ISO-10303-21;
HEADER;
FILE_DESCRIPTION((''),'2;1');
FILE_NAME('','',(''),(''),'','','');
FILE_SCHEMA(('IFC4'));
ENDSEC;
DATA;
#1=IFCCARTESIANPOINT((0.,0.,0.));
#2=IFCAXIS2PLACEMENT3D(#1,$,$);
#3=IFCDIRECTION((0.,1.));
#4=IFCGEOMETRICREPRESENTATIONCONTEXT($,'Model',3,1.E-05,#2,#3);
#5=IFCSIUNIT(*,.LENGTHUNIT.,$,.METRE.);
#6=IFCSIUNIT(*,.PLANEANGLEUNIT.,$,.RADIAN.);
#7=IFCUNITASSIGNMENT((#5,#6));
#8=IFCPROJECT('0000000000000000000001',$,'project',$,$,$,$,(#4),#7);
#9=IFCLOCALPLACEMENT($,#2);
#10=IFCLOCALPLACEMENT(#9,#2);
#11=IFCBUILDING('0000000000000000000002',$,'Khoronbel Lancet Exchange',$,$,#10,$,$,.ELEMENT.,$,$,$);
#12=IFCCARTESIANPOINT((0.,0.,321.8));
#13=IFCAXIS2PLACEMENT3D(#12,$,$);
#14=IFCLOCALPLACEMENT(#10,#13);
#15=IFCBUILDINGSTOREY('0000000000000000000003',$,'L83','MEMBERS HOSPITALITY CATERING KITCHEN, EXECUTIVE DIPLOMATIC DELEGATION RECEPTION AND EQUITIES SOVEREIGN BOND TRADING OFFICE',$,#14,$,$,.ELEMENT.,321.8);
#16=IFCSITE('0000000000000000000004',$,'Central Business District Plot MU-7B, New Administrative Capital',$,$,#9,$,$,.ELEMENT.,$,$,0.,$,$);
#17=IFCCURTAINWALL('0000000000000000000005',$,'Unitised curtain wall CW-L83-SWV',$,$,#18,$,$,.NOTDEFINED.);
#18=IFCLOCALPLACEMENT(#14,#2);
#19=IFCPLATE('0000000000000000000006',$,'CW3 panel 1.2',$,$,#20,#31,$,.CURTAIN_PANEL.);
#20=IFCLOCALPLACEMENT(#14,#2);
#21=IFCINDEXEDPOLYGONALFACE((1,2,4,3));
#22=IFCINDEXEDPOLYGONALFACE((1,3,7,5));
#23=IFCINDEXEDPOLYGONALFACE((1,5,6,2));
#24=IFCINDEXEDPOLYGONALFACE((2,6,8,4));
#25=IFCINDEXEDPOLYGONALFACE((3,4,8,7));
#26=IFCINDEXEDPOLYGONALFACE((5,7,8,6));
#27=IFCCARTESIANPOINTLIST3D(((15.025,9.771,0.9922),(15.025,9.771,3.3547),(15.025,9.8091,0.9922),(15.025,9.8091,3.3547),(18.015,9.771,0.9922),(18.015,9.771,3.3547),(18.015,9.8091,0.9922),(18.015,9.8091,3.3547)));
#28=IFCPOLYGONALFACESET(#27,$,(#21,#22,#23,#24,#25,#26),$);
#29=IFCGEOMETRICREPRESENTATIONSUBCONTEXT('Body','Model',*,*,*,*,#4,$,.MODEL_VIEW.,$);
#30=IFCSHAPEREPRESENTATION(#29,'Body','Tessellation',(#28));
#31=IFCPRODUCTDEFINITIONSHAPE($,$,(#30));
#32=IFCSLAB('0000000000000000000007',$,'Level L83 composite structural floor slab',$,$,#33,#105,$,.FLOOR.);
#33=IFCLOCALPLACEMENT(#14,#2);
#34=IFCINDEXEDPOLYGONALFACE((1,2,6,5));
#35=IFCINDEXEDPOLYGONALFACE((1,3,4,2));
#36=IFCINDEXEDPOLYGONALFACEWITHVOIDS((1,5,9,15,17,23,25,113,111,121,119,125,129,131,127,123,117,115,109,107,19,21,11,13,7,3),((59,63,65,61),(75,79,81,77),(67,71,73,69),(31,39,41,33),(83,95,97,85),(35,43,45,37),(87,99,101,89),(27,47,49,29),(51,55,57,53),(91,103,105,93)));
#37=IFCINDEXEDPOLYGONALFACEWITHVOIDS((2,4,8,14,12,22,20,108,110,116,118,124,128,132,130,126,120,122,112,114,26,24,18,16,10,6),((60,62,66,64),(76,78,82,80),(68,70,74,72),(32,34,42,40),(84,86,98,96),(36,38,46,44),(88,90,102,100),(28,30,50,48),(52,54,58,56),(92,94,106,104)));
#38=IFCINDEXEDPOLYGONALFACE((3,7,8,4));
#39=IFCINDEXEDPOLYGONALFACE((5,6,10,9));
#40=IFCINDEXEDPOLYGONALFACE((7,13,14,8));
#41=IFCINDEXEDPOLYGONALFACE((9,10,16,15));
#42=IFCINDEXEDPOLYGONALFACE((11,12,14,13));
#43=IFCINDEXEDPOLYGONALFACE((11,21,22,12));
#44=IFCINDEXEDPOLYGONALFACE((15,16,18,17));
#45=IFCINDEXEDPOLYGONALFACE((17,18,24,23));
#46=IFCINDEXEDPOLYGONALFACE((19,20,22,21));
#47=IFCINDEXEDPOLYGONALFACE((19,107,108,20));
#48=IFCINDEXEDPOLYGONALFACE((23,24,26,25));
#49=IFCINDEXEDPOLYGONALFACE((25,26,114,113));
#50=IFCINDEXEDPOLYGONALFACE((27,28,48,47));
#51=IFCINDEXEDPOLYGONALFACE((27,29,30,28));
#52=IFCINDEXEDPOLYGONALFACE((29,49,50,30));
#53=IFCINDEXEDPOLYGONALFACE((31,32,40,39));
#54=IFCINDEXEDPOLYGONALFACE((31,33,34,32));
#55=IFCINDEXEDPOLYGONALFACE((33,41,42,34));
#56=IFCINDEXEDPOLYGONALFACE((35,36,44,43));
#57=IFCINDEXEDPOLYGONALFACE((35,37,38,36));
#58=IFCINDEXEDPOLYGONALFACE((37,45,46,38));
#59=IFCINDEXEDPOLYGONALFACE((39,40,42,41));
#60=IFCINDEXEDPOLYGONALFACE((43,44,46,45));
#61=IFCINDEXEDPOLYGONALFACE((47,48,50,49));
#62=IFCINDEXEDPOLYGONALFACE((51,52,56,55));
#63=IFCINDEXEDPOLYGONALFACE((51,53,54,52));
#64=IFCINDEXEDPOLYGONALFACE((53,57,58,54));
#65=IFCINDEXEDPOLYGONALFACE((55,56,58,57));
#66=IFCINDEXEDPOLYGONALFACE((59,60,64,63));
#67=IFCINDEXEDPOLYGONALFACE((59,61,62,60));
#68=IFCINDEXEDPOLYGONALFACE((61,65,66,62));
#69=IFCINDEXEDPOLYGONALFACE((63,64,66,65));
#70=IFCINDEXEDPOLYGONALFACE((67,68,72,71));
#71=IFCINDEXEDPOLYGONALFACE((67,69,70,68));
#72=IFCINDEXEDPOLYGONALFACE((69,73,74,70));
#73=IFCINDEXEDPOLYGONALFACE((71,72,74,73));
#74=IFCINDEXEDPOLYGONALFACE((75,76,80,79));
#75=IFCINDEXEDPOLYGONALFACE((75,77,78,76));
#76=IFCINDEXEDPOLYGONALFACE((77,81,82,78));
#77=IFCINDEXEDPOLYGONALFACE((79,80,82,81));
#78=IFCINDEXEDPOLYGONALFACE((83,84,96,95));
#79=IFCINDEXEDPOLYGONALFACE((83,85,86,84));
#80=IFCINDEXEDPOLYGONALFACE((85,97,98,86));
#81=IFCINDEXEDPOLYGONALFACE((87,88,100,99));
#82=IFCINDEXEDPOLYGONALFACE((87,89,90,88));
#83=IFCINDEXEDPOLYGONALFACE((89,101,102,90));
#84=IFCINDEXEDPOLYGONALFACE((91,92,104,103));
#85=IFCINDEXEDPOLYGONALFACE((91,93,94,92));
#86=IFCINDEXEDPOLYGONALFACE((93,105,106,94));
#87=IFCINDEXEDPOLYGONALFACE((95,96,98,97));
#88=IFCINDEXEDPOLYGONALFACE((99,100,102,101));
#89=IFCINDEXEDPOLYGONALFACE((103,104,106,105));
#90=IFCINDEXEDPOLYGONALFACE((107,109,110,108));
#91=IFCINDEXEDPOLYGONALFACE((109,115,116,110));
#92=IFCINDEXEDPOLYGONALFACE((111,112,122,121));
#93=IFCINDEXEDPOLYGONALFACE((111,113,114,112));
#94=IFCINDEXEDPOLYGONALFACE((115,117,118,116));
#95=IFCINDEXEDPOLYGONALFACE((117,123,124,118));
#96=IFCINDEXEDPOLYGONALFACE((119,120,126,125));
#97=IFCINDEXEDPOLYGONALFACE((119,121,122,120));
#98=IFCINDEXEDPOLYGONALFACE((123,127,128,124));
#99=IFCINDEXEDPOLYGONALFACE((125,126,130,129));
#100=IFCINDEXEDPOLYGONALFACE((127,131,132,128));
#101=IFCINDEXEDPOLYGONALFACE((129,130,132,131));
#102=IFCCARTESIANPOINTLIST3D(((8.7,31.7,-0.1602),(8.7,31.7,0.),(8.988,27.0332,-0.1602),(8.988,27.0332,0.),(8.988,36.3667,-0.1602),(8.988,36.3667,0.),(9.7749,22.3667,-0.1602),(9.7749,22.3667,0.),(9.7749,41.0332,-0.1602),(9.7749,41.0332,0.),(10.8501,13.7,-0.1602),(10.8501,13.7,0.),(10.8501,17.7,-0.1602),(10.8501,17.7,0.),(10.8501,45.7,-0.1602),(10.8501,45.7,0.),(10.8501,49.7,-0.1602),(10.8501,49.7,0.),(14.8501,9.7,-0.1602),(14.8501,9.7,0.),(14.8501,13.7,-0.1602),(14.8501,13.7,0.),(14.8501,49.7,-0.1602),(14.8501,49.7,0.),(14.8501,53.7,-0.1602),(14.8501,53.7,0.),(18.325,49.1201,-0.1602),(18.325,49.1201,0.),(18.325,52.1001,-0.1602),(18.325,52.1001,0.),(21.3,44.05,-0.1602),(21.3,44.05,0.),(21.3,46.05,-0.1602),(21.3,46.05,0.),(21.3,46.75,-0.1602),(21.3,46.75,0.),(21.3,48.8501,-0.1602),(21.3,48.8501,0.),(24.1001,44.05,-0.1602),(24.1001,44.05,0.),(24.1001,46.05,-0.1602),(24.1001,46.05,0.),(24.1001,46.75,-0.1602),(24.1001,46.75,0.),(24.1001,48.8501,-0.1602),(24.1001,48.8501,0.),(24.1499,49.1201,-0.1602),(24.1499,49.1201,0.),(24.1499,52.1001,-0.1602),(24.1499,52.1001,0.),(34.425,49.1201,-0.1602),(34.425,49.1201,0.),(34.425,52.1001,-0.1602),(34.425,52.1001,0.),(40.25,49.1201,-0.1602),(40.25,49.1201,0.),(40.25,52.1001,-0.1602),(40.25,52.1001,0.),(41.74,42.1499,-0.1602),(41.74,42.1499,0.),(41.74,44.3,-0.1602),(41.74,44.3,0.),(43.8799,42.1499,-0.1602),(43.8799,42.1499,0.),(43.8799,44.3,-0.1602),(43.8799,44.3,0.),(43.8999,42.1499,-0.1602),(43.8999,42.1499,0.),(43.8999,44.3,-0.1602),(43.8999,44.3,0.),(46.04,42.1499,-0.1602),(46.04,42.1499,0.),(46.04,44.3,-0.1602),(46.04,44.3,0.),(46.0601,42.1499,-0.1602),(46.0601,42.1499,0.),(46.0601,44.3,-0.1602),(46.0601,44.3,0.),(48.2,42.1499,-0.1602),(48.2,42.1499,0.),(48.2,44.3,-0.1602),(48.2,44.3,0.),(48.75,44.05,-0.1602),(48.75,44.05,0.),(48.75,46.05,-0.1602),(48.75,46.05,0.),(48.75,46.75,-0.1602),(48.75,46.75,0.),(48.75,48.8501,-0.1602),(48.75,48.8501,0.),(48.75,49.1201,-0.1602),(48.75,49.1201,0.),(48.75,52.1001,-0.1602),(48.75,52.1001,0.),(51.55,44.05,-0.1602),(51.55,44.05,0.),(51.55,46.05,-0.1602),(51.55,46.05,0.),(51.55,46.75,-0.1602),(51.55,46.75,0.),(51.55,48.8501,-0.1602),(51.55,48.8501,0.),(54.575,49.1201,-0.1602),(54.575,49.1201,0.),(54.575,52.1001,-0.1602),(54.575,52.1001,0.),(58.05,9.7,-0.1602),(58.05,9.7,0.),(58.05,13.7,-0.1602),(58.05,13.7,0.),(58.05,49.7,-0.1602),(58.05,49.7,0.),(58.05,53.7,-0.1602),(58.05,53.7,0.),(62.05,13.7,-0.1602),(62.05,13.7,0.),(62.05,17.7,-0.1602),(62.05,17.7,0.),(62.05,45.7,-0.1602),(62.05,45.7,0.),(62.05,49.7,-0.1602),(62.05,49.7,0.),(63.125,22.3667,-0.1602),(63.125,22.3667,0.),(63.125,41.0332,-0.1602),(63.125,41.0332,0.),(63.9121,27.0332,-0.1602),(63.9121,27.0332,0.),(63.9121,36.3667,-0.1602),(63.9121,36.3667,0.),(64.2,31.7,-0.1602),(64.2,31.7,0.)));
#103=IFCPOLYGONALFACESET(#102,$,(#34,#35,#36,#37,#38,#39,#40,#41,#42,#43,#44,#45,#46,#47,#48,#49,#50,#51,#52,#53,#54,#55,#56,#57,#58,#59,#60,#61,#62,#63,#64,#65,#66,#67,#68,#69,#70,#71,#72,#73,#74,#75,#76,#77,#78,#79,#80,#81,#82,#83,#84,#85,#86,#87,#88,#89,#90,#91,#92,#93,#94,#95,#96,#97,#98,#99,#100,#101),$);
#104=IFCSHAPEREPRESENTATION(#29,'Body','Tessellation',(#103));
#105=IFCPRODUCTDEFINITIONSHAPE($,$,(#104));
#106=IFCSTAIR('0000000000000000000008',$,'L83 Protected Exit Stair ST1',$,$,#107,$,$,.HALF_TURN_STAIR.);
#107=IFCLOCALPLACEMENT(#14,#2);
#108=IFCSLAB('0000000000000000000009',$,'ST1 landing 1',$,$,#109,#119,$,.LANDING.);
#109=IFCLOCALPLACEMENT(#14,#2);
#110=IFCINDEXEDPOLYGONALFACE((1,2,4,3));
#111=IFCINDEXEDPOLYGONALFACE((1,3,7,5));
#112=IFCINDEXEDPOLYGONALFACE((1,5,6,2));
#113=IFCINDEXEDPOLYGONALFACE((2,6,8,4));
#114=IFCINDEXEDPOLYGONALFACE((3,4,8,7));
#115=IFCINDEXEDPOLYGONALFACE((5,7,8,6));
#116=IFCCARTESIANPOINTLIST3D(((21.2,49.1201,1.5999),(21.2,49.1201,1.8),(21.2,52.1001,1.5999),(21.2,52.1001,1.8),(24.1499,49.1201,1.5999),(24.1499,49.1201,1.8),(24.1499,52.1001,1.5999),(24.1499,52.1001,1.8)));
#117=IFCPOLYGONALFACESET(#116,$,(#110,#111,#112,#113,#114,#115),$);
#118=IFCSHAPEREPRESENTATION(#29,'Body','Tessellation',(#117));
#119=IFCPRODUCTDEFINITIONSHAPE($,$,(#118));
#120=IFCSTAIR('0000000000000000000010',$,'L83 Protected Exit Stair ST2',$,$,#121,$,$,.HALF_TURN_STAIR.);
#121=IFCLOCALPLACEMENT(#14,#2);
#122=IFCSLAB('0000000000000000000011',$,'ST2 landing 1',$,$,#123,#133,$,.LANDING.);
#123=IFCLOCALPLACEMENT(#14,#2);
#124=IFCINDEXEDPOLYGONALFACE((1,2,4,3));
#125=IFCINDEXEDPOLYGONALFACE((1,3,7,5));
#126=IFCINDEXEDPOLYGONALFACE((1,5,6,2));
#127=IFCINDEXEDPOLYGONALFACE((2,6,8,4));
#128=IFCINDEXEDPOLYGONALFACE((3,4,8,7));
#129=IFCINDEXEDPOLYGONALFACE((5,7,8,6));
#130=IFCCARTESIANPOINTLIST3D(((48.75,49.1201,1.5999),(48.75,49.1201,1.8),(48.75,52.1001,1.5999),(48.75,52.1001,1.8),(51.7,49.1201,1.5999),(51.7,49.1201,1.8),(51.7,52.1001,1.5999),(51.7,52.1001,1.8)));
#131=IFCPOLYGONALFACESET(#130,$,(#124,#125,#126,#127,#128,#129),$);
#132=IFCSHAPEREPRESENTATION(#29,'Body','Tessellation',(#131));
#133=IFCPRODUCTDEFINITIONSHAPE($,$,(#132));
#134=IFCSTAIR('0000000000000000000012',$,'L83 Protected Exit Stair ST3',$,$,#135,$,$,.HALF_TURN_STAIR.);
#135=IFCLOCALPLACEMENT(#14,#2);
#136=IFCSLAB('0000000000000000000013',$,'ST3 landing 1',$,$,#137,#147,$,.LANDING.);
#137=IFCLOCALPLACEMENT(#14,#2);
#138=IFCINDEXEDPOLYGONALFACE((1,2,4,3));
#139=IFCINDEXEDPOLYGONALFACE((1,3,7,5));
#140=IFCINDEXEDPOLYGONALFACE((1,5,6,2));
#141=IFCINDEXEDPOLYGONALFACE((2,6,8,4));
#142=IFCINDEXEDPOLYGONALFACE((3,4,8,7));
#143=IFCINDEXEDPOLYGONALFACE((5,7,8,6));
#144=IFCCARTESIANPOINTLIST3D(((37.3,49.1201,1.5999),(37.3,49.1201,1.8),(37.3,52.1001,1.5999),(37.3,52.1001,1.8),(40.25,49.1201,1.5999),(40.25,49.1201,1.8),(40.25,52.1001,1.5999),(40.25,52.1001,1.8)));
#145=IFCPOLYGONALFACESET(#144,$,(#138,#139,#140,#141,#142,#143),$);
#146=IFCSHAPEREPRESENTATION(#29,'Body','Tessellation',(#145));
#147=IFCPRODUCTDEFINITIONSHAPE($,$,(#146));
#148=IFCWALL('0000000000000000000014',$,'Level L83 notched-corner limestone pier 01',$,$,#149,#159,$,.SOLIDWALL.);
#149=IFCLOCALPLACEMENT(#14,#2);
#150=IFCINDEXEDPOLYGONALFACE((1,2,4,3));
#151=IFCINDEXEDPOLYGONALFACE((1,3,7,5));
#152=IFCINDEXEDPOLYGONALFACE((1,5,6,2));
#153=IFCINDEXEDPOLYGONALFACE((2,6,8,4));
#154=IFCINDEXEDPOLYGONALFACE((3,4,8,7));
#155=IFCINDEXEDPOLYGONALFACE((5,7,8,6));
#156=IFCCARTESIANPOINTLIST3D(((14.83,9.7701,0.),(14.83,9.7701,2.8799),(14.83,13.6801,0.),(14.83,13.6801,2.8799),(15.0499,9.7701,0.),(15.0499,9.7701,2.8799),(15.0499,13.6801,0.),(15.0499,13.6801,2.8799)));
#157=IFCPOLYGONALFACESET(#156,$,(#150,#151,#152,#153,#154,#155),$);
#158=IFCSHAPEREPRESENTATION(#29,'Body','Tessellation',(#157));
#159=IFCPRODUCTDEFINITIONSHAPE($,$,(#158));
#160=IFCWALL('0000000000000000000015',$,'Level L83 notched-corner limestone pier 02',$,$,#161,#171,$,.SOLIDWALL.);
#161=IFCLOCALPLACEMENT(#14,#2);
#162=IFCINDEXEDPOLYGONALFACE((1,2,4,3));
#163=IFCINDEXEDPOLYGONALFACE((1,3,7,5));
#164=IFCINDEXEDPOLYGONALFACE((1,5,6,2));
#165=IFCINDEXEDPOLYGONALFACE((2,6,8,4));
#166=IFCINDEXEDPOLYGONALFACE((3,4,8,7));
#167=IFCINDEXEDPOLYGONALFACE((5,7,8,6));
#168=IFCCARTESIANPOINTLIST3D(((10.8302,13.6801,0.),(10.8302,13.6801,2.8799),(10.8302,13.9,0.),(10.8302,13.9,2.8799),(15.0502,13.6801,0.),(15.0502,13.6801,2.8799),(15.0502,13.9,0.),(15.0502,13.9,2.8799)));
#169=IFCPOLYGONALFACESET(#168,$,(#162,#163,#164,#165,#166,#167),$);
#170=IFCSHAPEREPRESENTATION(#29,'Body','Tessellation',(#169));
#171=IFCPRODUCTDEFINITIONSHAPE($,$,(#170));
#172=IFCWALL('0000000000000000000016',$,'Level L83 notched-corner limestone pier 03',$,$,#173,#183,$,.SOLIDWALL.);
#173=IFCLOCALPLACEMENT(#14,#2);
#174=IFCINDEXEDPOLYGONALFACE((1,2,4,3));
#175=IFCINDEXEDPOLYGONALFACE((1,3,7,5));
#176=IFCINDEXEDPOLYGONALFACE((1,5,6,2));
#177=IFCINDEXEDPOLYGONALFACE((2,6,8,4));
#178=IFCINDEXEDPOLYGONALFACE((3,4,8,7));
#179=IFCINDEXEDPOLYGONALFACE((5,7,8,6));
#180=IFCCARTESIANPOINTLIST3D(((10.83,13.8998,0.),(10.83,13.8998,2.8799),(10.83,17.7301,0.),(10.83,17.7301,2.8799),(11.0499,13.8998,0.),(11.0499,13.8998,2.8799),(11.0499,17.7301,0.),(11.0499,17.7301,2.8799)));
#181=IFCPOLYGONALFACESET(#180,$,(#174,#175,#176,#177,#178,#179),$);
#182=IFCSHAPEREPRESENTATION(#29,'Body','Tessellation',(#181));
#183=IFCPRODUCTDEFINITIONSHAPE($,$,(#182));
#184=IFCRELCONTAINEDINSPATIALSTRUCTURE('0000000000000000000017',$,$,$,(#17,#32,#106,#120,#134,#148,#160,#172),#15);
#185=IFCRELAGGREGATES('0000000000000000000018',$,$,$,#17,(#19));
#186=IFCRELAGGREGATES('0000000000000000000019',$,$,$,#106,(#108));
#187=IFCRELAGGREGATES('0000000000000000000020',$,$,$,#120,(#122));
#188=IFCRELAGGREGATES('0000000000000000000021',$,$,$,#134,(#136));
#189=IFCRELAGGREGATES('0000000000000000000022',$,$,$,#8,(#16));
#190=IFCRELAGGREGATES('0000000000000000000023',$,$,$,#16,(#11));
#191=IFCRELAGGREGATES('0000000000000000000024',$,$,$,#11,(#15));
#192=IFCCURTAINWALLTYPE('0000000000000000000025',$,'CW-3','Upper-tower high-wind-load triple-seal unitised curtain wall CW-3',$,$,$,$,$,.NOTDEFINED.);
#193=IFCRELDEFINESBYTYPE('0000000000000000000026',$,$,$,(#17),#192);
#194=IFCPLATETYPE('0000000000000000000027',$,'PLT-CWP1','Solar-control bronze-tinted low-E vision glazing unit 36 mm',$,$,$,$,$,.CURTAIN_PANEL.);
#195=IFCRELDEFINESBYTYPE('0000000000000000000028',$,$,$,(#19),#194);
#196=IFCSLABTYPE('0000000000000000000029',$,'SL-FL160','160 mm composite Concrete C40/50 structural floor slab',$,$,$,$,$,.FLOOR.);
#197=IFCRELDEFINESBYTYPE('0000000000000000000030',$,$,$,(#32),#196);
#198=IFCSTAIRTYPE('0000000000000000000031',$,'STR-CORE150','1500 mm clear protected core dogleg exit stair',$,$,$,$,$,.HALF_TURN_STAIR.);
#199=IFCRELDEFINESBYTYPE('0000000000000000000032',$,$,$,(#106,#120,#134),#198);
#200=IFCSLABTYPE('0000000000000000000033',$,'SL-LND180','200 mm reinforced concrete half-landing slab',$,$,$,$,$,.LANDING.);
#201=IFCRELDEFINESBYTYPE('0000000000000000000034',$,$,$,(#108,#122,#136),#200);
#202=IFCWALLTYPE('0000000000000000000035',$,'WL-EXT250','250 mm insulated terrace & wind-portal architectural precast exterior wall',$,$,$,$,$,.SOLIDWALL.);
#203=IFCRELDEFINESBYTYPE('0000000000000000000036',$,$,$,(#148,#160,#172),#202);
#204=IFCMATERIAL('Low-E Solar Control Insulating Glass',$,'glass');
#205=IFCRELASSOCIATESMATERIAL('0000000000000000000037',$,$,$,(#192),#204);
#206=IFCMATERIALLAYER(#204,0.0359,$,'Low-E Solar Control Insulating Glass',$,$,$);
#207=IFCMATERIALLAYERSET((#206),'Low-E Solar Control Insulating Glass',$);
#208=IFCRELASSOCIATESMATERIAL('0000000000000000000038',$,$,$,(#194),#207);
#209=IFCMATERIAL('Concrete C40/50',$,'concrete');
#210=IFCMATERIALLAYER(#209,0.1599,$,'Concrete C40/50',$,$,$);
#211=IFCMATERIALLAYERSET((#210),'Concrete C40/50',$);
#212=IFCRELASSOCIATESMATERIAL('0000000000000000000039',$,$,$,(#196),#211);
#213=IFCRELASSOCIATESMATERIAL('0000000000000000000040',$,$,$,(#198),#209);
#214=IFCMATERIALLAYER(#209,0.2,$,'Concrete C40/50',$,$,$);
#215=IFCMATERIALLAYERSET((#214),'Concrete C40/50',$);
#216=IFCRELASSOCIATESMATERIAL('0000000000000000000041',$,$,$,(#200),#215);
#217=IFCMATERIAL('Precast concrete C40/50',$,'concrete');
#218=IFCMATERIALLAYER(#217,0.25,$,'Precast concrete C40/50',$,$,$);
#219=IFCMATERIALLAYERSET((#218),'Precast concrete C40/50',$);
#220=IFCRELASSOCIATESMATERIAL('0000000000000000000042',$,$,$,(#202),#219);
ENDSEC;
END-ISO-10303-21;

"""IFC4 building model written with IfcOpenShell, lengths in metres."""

from ifc_helpers import new_model, si_unit, direction, frame, frame_2d, origin, origin_2d, place, context, subcontext, project, spatial, polyline, rectangle, outline, extrude, material, layer, layer_set, type_object, element, aggregate, save


model = new_model("IFC4")

# Units and contexts
model_context = context("Model", 3, precision=1e-05, world=origin(), true_north=direction((0.0, 1.0)))
body_context = subcontext(model_context, "Body", "Model", "MODEL_VIEW")
ifc_project = project(units=[si_unit("LENGTHUNIT", "METRE"), si_unit("PLANEANGLEUNIT", "RADIAN")], contexts=[model_context])

# Site, building, storey
site_placement = place(None, origin())
site = spatial("IfcSite", under=ifc_project, at=site_placement, Name="Central Business District Plot MU-7B, New Administrative Capital", CompositionType="ELEMENT", RefElevation=0.0)
building_placement = place(site_placement, origin())
building = spatial("IfcBuilding", under=site, at=building_placement, Name="Khoronbel Lancet Exchange", CompositionType="ELEMENT")
storey_placement = place(building_placement, frame((0.0, 0.0, 321.8)))
storey = spatial("IfcBuildingStorey", under=building, at=storey_placement, Name="L83", Description="MEMBERS HOSPITALITY CATERING KITCHEN, EXECUTIVE DIPLOMATIC DELEGATION RECEPTION AND EQUITIES SOVEREIGN BOND TRADING OFFICE", CompositionType="ELEMENT", Elevation=321.8)

# Curtain wall
ifc_material_1 = material(Name="Low-E Solar Control Insulating Glass", Category="glass")
curtain_wall_type = type_object("IfcCurtainWallType", Name="CW-3", Description="Upper-tower high-wind-load triple-seal unitised curtain wall CW-3", PredefinedType="NOTDEFINED", material=ifc_material_1)
curtain_wall_1_placement = place(storey_placement, origin())
curtain_wall_1 = element("IfcCurtainWall", 1, at=curtain_wall_1_placement, inside=storey, type_object=curtain_wall_type, Name="Unitised curtain wall CW-L83-SWV", PredefinedType="NOTDEFINED")

# Plate
ifc_layer_1 = layer(ifc_material_1, 0.0359, Name="Low-E Solar Control Insulating Glass")
ifc_layer_set_1 = layer_set([ifc_layer_1], Name="Low-E Solar Control Insulating Glass")
plate_type = type_object("IfcPlateType", Name="PLT-CWP1", Description="Solar-control bronze-tinted low-E vision glazing unit 36 mm", PredefinedType="CURTAIN_PANEL", material=ifc_layer_set_1)
plate_1_placement = place(storey_placement, frame((16.52, 9.79, 0.9922), z_axis=(0.0, 0.0, 1.0), x_axis=(1.0, 0.0, 0.0)))
plate_1 = element("IfcPlate", 2, at=plate_1_placement, type_object=plate_type, Name="CW3 panel 1.2", PredefinedType="CURTAIN_PANEL", context=body_context, shape_type="SweptSolid", body=[
    extrude(rectangle(XDim=2.99, YDim=0.0381, at=origin_2d()), origin(), (0.0, 0.0, 1.0), 2.3625),
])
aggregate(curtain_wall_1, [plate_1])

# Slab
ifc_material_2 = material(Name="Concrete C40/50", Category="concrete")
ifc_layer_2 = layer(ifc_material_2, 0.1599, Name="Concrete C40/50")
ifc_layer_set_2 = layer_set([ifc_layer_2], Name="Concrete C40/50")
slab_type_1 = type_object("IfcSlabType", Name="SL-FL160", Description="160 mm composite Concrete C40/50 structural floor slab", PredefinedType="FLOOR", material=ifc_layer_set_2)
slab_1_placement = place(storey_placement, frame((0.0, 0.0, -0.1602)))
element("IfcSlab", 3, at=slab_1_placement, inside=storey, type_object=slab_type_1, Name="Level L83 composite structural floor slab", PredefinedType="FLOOR", context=body_context, shape_type="SweptSolid", body=[
    extrude(outline(polyline([(14.8501, 9.7), (58.05, 9.7), (58.05, 13.7), (62.05, 13.7), (62.05, 17.7), (63.125, 22.3667), (63.9121, 27.0332), (64.2, 31.7), (63.9121, 36.3667), (63.125, 41.0332), (62.05, 45.7), (62.05, 49.7), (58.05, 49.7), (58.05, 53.7), (14.8501, 53.7), (14.8501, 49.7), (10.8501, 49.7), (10.8501, 45.7), (9.7749, 41.0332), (8.988, 36.3667), (8.7, 31.7), (8.988, 27.0332), (9.7749, 22.3667), (10.8501, 17.7), (10.8501, 13.7), (14.8501, 13.7), (14.8501, 9.7)]), holes=[polyline([(18.325, 49.1201), (24.1499, 49.1201), (24.1499, 52.1001), (18.325, 52.1001), (18.325, 49.1201)]), polyline([(48.75, 49.1201), (54.575, 49.1201), (54.575, 52.1001), (48.75, 52.1001), (48.75, 49.1201)]), polyline([(34.425, 49.1201), (40.25, 49.1201), (40.25, 52.1001), (34.425, 52.1001), (34.425, 49.1201)]), polyline([(41.74, 42.1499), (43.8799, 42.1499), (43.8799, 44.3), (41.74, 44.3), (41.74, 42.1499)]), polyline([(43.8999, 42.1499), (46.04, 42.1499), (46.04, 44.3), (43.8999, 44.3), (43.8999, 42.1499)]), polyline([(46.0601, 42.1499), (48.2, 42.1499), (48.2, 44.3), (46.0601, 44.3), (46.0601, 42.1499)]), polyline([(21.3, 46.75), (24.1001, 46.75), (24.1001, 48.8501), (21.3, 48.8501), (21.3, 46.75)]), polyline([(48.75, 46.75), (51.55, 46.75), (51.55, 48.8501), (48.75, 48.8501), (48.75, 46.75)]), polyline([(21.3, 44.05), (24.1001, 44.05), (24.1001, 46.05), (21.3, 46.05), (21.3, 44.05)]), polyline([(48.75, 44.05), (51.55, 44.05), (51.55, 46.05), (48.75, 46.05), (48.75, 44.05)])]), origin(), (0.0, 0.0, 1.0), 0.1602),
])

# Stairs, slabs
stair_type = type_object("IfcStairType", Name="STR-CORE150", Description="1500 mm clear protected core dogleg exit stair", PredefinedType="HALF_TURN_STAIR", material=ifc_material_2)
stair_1_placement = place(storey_placement, origin())
stair_1 = element("IfcStair", 4, at=stair_1_placement, inside=storey, type_object=stair_type, Name="L83 Protected Exit Stair ST1", PredefinedType="HALF_TURN_STAIR")
ifc_layer_3 = layer(ifc_material_2, 0.2, Name="Concrete C40/50")
ifc_layer_set_3 = layer_set([ifc_layer_3], Name="Concrete C40/50")
slab_type_2 = type_object("IfcSlabType", Name="SL-LND180", Description="200 mm reinforced concrete half-landing slab", PredefinedType="LANDING", material=ifc_layer_set_3)
slab_2_placement = place(storey_placement, frame((0.0, 0.0, 1.5999)))
slab_2 = element("IfcSlab", 5, at=slab_2_placement, type_object=slab_type_2, Name="ST1 landing 1", PredefinedType="LANDING", context=body_context, shape_type="SweptSolid", body=[
    extrude(outline(polyline([(21.2, 49.1201), (24.1499, 49.1201), (24.1499, 52.1001), (21.2, 52.1001), (21.2, 49.1201)])), origin(), (0.0, 0.0, 1.0), 0.2002),
])
aggregate(stair_1, [slab_2])
stair_2_placement = place(storey_placement, origin())
stair_2 = element("IfcStair", 6, at=stair_2_placement, inside=storey, type_object=stair_type, Name="L83 Protected Exit Stair ST2", PredefinedType="HALF_TURN_STAIR")
slab_3_placement = place(storey_placement, frame((0.0, 0.0, 1.5999)))
slab_3 = element("IfcSlab", 7, at=slab_3_placement, type_object=slab_type_2, Name="ST2 landing 1", PredefinedType="LANDING", context=body_context, shape_type="SweptSolid", body=[
    extrude(outline(polyline([(51.7, 52.1001), (48.75, 52.1001), (48.75, 49.1201), (51.7, 49.1201), (51.7, 52.1001)])), origin(), (0.0, 0.0, 1.0), 0.2002),
])
aggregate(stair_2, [slab_3])
stair_3_placement = place(storey_placement, origin())
stair_3 = element("IfcStair", 8, at=stair_3_placement, inside=storey, type_object=stair_type, Name="L83 Protected Exit Stair ST3", PredefinedType="HALF_TURN_STAIR")
slab_4_placement = place(storey_placement, frame((0.0, 0.0, 1.5999)))
slab_4 = element("IfcSlab", 9, at=slab_4_placement, type_object=slab_type_2, Name="ST3 landing 1", PredefinedType="LANDING", context=body_context, shape_type="SweptSolid", body=[
    extrude(outline(polyline([(37.3, 49.1201), (40.25, 49.1201), (40.25, 52.1001), (37.3, 52.1001), (37.3, 49.1201)])), origin(), (0.0, 0.0, 1.0), 0.2002),
])
aggregate(stair_3, [slab_4])

# Walls
ifc_material_3 = material(Name="Precast concrete C40/50", Category="concrete")
ifc_layer_4 = layer(ifc_material_3, 0.25, Name="Precast concrete C40/50")
ifc_layer_set_4 = layer_set([ifc_layer_4], Name="Precast concrete C40/50")
wall_type_1 = type_object("IfcWallType", Name="WL-EXT250", Description="250 mm insulated terrace & wind-portal architectural precast exterior wall", PredefinedType="SOLIDWALL", material=ifc_layer_set_4)
wall_1_placement = place(storey_placement, frame((14.9399, 9.77, 0.0), z_axis=(0.0, 0.0, 1.0), x_axis=(0.0, 1.0, 0.0)))
element("IfcWall", 10, at=wall_1_placement, inside=storey, type_object=wall_type_1, Name="Level L83 notched-corner limestone pier 01", PredefinedType="SOLIDWALL", context=body_context, shape_type="SweptSolid", body=[
    extrude(rectangle(XDim=3.9099, YDim=0.22, at=frame_2d((1.9551, 0.0))), origin(), (0.0, 0.0, 1.0), 2.8799),
])
wall_2_placement = place(storey_placement, frame((15.05, 13.79, 0.0), z_axis=(0.0, 0.0, 1.0), x_axis=(-1.0, 0.0, 0.0)))
element("IfcWall", 11, at=wall_2_placement, inside=storey, type_object=wall_type_1, Name="Level L83 notched-corner limestone pier 02", PredefinedType="SOLIDWALL", context=body_context, shape_type="SweptSolid", body=[
    extrude(rectangle(XDim=4.22, YDim=0.22, at=frame_2d((2.1099, 0.0))), origin(), (0.0, 0.0, 1.0), 2.8799),
])
wall_3_placement = place(storey_placement, frame((10.9399, 13.8999, 0.0), z_axis=(0.0, 0.0, 1.0), x_axis=(0.0, 1.0, 0.0)))
element("IfcWall", 12, at=wall_3_placement, inside=storey, type_object=wall_type_1, Name="Level L83 notched-corner limestone pier 03", PredefinedType="SOLIDWALL", context=body_context, shape_type="SweptSolid", body=[
    extrude(rectangle(XDim=3.8303, YDim=0.22, at=frame_2d((1.915, 0.0))), origin(), (0.0, 0.0, 1.0), 2.8799),
])

save(model, "model.ifc")
